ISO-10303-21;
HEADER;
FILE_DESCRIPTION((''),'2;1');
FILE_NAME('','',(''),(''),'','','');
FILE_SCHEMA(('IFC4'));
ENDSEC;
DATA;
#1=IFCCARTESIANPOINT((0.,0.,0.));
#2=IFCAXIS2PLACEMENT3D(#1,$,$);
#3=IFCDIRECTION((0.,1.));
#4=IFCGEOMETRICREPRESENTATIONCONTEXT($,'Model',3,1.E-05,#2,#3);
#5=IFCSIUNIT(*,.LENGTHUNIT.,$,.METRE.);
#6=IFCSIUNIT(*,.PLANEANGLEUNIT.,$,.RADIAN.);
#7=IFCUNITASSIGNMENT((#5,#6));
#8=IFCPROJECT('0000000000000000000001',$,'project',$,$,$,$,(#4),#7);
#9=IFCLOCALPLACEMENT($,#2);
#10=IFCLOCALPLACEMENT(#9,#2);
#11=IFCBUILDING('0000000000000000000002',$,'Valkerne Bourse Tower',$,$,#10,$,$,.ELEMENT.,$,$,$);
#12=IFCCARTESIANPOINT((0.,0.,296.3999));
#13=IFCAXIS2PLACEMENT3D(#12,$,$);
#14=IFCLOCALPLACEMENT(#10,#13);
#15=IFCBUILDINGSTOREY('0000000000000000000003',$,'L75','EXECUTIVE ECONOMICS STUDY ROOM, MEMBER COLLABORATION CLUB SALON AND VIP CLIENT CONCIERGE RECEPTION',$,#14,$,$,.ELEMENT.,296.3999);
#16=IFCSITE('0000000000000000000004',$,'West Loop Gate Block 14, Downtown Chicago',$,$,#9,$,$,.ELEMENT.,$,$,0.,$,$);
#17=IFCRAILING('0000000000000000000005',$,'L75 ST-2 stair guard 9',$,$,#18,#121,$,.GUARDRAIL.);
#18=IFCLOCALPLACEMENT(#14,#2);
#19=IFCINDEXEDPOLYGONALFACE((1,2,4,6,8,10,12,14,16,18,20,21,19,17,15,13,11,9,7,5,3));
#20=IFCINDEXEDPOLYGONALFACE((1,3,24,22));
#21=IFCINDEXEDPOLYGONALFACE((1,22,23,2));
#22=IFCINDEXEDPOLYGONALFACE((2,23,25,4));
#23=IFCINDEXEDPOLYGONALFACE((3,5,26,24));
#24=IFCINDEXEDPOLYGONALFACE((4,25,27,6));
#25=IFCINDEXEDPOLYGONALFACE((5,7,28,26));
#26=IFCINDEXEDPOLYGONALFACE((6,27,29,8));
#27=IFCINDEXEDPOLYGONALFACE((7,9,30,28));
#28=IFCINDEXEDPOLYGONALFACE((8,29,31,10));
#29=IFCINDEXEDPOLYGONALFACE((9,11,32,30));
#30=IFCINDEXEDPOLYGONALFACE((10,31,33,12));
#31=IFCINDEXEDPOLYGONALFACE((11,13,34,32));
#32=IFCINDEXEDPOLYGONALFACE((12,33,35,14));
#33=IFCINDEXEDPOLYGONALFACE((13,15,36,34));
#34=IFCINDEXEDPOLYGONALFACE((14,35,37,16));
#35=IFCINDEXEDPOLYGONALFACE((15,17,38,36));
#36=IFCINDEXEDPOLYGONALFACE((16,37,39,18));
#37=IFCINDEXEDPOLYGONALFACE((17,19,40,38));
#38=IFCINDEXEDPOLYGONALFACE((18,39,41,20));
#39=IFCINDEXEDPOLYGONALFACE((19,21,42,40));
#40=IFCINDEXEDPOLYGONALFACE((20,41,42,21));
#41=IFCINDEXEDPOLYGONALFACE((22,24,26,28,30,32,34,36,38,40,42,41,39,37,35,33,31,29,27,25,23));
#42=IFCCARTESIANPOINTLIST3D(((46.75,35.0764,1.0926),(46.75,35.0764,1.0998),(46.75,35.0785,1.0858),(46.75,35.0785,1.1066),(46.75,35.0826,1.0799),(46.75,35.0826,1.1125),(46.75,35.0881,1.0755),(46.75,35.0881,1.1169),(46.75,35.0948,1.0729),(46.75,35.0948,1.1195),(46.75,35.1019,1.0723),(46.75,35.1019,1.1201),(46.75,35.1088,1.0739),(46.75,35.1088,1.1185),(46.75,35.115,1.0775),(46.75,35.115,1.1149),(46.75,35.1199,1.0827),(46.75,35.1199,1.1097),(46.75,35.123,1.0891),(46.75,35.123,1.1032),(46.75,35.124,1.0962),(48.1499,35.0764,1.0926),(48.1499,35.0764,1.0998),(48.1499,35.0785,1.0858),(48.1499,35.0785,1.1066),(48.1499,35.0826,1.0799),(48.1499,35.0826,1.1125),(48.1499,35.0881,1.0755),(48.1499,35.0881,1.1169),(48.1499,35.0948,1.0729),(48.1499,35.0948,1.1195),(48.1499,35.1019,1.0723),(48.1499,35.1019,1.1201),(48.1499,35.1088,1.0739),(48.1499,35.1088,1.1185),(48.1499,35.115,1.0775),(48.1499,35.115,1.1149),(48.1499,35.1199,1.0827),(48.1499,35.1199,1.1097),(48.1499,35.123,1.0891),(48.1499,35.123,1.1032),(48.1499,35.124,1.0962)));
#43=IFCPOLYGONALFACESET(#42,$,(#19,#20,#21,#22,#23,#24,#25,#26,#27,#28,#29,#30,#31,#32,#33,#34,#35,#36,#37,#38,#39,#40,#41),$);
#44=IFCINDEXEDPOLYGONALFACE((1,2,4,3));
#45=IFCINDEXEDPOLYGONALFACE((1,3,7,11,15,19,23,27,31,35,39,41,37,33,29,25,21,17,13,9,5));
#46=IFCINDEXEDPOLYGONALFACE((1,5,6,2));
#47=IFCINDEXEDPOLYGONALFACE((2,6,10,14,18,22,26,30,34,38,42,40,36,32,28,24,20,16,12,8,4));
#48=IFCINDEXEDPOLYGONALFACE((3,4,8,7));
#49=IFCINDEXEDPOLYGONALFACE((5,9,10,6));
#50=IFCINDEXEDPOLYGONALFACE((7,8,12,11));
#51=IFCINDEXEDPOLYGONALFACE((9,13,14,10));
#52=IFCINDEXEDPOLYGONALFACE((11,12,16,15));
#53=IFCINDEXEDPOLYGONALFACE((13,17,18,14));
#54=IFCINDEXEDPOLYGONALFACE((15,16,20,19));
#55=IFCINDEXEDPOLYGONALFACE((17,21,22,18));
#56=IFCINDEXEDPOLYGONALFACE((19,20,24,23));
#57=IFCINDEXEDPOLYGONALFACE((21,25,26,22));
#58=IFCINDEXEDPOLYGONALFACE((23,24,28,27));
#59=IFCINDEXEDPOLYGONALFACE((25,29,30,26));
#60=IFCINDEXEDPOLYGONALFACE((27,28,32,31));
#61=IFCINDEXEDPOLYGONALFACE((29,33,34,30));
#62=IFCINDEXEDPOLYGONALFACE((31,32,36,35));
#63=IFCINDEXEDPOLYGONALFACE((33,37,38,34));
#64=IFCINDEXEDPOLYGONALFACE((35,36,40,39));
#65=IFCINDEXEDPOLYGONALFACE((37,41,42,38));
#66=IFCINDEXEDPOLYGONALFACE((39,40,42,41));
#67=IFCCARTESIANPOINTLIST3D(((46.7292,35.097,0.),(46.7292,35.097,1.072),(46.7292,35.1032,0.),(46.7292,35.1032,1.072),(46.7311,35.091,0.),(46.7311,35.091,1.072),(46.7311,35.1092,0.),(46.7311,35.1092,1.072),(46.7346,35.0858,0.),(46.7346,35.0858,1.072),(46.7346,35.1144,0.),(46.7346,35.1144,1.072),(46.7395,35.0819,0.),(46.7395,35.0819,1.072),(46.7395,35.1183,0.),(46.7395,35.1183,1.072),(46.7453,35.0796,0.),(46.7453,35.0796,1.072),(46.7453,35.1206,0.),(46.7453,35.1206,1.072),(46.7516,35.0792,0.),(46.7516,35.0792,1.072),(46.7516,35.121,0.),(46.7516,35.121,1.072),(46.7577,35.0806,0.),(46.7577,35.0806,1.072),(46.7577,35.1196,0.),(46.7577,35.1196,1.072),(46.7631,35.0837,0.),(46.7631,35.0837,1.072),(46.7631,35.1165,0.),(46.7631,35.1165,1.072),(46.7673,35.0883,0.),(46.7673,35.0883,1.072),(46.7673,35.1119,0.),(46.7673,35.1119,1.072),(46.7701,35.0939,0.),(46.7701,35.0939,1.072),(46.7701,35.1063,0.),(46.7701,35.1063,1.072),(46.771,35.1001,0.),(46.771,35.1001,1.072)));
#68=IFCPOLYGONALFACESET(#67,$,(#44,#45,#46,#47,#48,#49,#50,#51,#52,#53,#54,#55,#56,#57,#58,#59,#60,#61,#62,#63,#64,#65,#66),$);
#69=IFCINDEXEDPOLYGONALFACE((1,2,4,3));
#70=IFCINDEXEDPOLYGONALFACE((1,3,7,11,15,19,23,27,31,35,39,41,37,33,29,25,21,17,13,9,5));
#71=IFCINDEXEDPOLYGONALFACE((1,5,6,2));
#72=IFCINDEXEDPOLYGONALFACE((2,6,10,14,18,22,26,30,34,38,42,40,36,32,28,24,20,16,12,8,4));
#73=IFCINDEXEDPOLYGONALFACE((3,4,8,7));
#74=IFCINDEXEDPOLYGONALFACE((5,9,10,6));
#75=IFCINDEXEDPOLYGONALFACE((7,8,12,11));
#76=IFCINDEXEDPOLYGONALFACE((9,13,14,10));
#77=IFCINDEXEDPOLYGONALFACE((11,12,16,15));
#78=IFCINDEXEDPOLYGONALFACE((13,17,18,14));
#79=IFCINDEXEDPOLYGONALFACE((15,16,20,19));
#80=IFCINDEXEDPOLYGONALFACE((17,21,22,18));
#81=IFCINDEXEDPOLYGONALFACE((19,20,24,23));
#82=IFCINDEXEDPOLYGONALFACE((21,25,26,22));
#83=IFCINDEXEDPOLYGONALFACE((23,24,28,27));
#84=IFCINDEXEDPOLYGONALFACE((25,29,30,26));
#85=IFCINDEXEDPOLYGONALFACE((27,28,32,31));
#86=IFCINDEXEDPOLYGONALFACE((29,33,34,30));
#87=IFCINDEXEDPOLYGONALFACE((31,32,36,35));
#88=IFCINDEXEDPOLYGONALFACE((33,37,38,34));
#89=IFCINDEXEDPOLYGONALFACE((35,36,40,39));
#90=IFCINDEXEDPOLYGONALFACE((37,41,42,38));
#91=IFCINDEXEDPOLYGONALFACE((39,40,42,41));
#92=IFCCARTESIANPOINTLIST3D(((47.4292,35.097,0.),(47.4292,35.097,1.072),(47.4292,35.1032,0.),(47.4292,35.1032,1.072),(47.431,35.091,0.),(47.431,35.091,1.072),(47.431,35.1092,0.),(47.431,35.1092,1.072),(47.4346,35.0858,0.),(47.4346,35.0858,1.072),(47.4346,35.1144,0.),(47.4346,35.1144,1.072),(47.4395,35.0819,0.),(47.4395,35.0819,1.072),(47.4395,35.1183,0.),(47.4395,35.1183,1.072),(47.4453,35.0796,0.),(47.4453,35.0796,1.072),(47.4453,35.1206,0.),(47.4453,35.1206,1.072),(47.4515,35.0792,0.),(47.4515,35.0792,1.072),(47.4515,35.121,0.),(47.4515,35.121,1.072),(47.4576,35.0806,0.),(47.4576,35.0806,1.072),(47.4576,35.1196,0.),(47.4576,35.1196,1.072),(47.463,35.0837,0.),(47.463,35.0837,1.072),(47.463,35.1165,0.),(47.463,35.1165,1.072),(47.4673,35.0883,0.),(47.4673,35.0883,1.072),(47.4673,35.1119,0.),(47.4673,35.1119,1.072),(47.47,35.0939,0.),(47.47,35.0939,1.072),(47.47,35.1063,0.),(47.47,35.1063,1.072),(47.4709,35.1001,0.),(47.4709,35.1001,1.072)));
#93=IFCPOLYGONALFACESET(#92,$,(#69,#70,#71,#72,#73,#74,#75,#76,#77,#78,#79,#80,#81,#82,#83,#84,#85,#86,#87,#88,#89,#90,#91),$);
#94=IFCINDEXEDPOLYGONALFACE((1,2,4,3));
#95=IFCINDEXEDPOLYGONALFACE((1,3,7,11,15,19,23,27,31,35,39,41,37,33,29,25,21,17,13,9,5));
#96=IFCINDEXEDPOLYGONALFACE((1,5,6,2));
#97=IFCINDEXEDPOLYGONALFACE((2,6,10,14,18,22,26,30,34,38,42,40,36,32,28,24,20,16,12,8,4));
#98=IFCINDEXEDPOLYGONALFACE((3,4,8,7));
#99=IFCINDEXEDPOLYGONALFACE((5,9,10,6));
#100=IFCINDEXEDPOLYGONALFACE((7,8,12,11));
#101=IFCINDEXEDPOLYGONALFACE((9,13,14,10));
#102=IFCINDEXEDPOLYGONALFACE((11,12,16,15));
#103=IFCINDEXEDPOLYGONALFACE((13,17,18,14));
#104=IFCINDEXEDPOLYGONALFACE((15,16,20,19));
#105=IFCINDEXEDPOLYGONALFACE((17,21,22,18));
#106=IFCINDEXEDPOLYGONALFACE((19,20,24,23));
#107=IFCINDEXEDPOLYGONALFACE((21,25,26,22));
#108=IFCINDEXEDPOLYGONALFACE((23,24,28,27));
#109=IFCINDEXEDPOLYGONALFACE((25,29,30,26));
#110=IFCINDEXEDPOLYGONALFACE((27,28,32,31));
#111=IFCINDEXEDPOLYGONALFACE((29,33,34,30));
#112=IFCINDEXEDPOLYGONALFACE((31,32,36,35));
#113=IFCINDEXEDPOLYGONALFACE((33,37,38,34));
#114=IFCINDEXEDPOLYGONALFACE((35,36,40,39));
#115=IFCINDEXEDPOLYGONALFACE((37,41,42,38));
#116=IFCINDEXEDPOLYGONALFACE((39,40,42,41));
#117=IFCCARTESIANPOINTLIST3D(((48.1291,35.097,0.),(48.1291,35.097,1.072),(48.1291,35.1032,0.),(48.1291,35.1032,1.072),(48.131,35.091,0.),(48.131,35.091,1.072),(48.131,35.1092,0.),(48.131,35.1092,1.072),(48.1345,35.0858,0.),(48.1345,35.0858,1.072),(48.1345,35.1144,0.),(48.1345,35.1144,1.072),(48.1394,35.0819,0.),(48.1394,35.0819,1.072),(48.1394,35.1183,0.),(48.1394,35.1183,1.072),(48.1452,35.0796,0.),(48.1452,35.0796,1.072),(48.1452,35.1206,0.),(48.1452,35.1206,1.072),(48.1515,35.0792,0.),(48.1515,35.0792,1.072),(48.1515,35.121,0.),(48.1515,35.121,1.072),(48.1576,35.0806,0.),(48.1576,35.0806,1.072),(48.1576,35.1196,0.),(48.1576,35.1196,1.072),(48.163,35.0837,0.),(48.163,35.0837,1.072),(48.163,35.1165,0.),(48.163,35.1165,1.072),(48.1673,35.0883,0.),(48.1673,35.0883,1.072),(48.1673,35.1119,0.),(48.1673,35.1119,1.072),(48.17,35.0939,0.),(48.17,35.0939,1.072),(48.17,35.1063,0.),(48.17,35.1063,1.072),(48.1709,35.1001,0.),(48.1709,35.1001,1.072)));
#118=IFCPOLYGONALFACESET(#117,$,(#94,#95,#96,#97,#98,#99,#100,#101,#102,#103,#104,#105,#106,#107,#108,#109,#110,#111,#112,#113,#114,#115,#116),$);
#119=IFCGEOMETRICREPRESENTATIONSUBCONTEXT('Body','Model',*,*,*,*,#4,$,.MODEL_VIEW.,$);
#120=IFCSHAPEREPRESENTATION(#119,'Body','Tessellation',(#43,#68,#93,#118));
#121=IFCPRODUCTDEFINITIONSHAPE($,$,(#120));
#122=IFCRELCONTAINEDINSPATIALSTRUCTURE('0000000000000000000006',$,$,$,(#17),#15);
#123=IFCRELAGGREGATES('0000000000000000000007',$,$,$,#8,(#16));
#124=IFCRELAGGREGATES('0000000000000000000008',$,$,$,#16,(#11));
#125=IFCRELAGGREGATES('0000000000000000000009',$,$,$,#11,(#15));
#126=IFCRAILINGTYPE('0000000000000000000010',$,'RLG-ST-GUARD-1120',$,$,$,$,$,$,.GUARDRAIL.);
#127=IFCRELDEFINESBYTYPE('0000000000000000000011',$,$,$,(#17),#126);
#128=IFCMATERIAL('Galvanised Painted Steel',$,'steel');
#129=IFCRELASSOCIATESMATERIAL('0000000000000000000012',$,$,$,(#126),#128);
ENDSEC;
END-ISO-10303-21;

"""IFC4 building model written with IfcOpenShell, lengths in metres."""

from ifc_helpers import new_model, si_unit, direction, frame, origin, origin_2d, place, context, subcontext, project, spatial, circle, extrude, material, type_object, element, save


model = new_model("IFC4")

# Units and contexts
model_context = context("Model", 3, precision=1e-05, world=origin(), true_north=direction((0.0, 1.0)))
body_context = subcontext(model_context, "Body", "Model", "MODEL_VIEW")
ifc_project = project(units=[si_unit("LENGTHUNIT", "METRE"), si_unit("PLANEANGLEUNIT", "RADIAN")], contexts=[model_context])

# Site, building, storey
site_placement = place(None, origin())
site = spatial("IfcSite", under=ifc_project, at=site_placement, Name="West Loop Gate Block 14, Downtown Chicago", CompositionType="ELEMENT", RefElevation=0.0)
building_placement = place(site_placement, origin())
building = spatial("IfcBuilding", under=site, at=building_placement, Name="Valkerne Bourse Tower", CompositionType="ELEMENT")
storey_placement = place(building_placement, frame((0.0, 0.0, 296.3999)))
storey = spatial("IfcBuildingStorey", under=building, at=storey_placement, Name="L75", Description="EXECUTIVE ECONOMICS STUDY ROOM, MEMBER COLLABORATION CLUB SALON AND VIP CLIENT CONCIERGE RECEPTION", CompositionType="ELEMENT", Elevation=296.3999)

# Shared definitions
ifc_material_1 = material(Name="Galvanised Painted Steel", Category="steel")

# Railing
railing_type_1 = type_object("IfcRailingType", Name="RLG-ST-GUARD-1120", PredefinedType="GUARDRAIL", material=ifc_material_1)
for number, where, name in (
    (1, (46.75, 35.1001, 0.0), "L75 ST-2 stair guard 9"),
):
    element("IfcRailing", number, at=place(storey_placement, frame(where)), inside=storey, type_object=railing_type_1, Name=name, PredefinedType="GUARDRAIL", context=body_context, shape_type="SweptSolid", body=[
        extrude(circle(Radius=0.0239, at=origin_2d()), frame((0.0, 0.0, 1.0962), z_axis=(1.0, 0.0, 0.0), x_axis=(0.0, 1.0, 0.0)), (0.0, 0.0, 1.0), 1.3999),
        extrude(circle(Radius=0.021, at=origin_2d()), origin(), (0.0, 0.0, 1.0), 1.072),
        extrude(circle(Radius=0.021, at=origin_2d()), frame((0.7, 0.0, 0.0)), (0.0, 0.0, 1.0), 1.072),
        extrude(circle(Radius=0.021, at=origin_2d()), frame((1.3999, 0.0, 0.0)), (0.0, 0.0, 1.0), 1.072),
    ])

save(model, "model.ifc")
